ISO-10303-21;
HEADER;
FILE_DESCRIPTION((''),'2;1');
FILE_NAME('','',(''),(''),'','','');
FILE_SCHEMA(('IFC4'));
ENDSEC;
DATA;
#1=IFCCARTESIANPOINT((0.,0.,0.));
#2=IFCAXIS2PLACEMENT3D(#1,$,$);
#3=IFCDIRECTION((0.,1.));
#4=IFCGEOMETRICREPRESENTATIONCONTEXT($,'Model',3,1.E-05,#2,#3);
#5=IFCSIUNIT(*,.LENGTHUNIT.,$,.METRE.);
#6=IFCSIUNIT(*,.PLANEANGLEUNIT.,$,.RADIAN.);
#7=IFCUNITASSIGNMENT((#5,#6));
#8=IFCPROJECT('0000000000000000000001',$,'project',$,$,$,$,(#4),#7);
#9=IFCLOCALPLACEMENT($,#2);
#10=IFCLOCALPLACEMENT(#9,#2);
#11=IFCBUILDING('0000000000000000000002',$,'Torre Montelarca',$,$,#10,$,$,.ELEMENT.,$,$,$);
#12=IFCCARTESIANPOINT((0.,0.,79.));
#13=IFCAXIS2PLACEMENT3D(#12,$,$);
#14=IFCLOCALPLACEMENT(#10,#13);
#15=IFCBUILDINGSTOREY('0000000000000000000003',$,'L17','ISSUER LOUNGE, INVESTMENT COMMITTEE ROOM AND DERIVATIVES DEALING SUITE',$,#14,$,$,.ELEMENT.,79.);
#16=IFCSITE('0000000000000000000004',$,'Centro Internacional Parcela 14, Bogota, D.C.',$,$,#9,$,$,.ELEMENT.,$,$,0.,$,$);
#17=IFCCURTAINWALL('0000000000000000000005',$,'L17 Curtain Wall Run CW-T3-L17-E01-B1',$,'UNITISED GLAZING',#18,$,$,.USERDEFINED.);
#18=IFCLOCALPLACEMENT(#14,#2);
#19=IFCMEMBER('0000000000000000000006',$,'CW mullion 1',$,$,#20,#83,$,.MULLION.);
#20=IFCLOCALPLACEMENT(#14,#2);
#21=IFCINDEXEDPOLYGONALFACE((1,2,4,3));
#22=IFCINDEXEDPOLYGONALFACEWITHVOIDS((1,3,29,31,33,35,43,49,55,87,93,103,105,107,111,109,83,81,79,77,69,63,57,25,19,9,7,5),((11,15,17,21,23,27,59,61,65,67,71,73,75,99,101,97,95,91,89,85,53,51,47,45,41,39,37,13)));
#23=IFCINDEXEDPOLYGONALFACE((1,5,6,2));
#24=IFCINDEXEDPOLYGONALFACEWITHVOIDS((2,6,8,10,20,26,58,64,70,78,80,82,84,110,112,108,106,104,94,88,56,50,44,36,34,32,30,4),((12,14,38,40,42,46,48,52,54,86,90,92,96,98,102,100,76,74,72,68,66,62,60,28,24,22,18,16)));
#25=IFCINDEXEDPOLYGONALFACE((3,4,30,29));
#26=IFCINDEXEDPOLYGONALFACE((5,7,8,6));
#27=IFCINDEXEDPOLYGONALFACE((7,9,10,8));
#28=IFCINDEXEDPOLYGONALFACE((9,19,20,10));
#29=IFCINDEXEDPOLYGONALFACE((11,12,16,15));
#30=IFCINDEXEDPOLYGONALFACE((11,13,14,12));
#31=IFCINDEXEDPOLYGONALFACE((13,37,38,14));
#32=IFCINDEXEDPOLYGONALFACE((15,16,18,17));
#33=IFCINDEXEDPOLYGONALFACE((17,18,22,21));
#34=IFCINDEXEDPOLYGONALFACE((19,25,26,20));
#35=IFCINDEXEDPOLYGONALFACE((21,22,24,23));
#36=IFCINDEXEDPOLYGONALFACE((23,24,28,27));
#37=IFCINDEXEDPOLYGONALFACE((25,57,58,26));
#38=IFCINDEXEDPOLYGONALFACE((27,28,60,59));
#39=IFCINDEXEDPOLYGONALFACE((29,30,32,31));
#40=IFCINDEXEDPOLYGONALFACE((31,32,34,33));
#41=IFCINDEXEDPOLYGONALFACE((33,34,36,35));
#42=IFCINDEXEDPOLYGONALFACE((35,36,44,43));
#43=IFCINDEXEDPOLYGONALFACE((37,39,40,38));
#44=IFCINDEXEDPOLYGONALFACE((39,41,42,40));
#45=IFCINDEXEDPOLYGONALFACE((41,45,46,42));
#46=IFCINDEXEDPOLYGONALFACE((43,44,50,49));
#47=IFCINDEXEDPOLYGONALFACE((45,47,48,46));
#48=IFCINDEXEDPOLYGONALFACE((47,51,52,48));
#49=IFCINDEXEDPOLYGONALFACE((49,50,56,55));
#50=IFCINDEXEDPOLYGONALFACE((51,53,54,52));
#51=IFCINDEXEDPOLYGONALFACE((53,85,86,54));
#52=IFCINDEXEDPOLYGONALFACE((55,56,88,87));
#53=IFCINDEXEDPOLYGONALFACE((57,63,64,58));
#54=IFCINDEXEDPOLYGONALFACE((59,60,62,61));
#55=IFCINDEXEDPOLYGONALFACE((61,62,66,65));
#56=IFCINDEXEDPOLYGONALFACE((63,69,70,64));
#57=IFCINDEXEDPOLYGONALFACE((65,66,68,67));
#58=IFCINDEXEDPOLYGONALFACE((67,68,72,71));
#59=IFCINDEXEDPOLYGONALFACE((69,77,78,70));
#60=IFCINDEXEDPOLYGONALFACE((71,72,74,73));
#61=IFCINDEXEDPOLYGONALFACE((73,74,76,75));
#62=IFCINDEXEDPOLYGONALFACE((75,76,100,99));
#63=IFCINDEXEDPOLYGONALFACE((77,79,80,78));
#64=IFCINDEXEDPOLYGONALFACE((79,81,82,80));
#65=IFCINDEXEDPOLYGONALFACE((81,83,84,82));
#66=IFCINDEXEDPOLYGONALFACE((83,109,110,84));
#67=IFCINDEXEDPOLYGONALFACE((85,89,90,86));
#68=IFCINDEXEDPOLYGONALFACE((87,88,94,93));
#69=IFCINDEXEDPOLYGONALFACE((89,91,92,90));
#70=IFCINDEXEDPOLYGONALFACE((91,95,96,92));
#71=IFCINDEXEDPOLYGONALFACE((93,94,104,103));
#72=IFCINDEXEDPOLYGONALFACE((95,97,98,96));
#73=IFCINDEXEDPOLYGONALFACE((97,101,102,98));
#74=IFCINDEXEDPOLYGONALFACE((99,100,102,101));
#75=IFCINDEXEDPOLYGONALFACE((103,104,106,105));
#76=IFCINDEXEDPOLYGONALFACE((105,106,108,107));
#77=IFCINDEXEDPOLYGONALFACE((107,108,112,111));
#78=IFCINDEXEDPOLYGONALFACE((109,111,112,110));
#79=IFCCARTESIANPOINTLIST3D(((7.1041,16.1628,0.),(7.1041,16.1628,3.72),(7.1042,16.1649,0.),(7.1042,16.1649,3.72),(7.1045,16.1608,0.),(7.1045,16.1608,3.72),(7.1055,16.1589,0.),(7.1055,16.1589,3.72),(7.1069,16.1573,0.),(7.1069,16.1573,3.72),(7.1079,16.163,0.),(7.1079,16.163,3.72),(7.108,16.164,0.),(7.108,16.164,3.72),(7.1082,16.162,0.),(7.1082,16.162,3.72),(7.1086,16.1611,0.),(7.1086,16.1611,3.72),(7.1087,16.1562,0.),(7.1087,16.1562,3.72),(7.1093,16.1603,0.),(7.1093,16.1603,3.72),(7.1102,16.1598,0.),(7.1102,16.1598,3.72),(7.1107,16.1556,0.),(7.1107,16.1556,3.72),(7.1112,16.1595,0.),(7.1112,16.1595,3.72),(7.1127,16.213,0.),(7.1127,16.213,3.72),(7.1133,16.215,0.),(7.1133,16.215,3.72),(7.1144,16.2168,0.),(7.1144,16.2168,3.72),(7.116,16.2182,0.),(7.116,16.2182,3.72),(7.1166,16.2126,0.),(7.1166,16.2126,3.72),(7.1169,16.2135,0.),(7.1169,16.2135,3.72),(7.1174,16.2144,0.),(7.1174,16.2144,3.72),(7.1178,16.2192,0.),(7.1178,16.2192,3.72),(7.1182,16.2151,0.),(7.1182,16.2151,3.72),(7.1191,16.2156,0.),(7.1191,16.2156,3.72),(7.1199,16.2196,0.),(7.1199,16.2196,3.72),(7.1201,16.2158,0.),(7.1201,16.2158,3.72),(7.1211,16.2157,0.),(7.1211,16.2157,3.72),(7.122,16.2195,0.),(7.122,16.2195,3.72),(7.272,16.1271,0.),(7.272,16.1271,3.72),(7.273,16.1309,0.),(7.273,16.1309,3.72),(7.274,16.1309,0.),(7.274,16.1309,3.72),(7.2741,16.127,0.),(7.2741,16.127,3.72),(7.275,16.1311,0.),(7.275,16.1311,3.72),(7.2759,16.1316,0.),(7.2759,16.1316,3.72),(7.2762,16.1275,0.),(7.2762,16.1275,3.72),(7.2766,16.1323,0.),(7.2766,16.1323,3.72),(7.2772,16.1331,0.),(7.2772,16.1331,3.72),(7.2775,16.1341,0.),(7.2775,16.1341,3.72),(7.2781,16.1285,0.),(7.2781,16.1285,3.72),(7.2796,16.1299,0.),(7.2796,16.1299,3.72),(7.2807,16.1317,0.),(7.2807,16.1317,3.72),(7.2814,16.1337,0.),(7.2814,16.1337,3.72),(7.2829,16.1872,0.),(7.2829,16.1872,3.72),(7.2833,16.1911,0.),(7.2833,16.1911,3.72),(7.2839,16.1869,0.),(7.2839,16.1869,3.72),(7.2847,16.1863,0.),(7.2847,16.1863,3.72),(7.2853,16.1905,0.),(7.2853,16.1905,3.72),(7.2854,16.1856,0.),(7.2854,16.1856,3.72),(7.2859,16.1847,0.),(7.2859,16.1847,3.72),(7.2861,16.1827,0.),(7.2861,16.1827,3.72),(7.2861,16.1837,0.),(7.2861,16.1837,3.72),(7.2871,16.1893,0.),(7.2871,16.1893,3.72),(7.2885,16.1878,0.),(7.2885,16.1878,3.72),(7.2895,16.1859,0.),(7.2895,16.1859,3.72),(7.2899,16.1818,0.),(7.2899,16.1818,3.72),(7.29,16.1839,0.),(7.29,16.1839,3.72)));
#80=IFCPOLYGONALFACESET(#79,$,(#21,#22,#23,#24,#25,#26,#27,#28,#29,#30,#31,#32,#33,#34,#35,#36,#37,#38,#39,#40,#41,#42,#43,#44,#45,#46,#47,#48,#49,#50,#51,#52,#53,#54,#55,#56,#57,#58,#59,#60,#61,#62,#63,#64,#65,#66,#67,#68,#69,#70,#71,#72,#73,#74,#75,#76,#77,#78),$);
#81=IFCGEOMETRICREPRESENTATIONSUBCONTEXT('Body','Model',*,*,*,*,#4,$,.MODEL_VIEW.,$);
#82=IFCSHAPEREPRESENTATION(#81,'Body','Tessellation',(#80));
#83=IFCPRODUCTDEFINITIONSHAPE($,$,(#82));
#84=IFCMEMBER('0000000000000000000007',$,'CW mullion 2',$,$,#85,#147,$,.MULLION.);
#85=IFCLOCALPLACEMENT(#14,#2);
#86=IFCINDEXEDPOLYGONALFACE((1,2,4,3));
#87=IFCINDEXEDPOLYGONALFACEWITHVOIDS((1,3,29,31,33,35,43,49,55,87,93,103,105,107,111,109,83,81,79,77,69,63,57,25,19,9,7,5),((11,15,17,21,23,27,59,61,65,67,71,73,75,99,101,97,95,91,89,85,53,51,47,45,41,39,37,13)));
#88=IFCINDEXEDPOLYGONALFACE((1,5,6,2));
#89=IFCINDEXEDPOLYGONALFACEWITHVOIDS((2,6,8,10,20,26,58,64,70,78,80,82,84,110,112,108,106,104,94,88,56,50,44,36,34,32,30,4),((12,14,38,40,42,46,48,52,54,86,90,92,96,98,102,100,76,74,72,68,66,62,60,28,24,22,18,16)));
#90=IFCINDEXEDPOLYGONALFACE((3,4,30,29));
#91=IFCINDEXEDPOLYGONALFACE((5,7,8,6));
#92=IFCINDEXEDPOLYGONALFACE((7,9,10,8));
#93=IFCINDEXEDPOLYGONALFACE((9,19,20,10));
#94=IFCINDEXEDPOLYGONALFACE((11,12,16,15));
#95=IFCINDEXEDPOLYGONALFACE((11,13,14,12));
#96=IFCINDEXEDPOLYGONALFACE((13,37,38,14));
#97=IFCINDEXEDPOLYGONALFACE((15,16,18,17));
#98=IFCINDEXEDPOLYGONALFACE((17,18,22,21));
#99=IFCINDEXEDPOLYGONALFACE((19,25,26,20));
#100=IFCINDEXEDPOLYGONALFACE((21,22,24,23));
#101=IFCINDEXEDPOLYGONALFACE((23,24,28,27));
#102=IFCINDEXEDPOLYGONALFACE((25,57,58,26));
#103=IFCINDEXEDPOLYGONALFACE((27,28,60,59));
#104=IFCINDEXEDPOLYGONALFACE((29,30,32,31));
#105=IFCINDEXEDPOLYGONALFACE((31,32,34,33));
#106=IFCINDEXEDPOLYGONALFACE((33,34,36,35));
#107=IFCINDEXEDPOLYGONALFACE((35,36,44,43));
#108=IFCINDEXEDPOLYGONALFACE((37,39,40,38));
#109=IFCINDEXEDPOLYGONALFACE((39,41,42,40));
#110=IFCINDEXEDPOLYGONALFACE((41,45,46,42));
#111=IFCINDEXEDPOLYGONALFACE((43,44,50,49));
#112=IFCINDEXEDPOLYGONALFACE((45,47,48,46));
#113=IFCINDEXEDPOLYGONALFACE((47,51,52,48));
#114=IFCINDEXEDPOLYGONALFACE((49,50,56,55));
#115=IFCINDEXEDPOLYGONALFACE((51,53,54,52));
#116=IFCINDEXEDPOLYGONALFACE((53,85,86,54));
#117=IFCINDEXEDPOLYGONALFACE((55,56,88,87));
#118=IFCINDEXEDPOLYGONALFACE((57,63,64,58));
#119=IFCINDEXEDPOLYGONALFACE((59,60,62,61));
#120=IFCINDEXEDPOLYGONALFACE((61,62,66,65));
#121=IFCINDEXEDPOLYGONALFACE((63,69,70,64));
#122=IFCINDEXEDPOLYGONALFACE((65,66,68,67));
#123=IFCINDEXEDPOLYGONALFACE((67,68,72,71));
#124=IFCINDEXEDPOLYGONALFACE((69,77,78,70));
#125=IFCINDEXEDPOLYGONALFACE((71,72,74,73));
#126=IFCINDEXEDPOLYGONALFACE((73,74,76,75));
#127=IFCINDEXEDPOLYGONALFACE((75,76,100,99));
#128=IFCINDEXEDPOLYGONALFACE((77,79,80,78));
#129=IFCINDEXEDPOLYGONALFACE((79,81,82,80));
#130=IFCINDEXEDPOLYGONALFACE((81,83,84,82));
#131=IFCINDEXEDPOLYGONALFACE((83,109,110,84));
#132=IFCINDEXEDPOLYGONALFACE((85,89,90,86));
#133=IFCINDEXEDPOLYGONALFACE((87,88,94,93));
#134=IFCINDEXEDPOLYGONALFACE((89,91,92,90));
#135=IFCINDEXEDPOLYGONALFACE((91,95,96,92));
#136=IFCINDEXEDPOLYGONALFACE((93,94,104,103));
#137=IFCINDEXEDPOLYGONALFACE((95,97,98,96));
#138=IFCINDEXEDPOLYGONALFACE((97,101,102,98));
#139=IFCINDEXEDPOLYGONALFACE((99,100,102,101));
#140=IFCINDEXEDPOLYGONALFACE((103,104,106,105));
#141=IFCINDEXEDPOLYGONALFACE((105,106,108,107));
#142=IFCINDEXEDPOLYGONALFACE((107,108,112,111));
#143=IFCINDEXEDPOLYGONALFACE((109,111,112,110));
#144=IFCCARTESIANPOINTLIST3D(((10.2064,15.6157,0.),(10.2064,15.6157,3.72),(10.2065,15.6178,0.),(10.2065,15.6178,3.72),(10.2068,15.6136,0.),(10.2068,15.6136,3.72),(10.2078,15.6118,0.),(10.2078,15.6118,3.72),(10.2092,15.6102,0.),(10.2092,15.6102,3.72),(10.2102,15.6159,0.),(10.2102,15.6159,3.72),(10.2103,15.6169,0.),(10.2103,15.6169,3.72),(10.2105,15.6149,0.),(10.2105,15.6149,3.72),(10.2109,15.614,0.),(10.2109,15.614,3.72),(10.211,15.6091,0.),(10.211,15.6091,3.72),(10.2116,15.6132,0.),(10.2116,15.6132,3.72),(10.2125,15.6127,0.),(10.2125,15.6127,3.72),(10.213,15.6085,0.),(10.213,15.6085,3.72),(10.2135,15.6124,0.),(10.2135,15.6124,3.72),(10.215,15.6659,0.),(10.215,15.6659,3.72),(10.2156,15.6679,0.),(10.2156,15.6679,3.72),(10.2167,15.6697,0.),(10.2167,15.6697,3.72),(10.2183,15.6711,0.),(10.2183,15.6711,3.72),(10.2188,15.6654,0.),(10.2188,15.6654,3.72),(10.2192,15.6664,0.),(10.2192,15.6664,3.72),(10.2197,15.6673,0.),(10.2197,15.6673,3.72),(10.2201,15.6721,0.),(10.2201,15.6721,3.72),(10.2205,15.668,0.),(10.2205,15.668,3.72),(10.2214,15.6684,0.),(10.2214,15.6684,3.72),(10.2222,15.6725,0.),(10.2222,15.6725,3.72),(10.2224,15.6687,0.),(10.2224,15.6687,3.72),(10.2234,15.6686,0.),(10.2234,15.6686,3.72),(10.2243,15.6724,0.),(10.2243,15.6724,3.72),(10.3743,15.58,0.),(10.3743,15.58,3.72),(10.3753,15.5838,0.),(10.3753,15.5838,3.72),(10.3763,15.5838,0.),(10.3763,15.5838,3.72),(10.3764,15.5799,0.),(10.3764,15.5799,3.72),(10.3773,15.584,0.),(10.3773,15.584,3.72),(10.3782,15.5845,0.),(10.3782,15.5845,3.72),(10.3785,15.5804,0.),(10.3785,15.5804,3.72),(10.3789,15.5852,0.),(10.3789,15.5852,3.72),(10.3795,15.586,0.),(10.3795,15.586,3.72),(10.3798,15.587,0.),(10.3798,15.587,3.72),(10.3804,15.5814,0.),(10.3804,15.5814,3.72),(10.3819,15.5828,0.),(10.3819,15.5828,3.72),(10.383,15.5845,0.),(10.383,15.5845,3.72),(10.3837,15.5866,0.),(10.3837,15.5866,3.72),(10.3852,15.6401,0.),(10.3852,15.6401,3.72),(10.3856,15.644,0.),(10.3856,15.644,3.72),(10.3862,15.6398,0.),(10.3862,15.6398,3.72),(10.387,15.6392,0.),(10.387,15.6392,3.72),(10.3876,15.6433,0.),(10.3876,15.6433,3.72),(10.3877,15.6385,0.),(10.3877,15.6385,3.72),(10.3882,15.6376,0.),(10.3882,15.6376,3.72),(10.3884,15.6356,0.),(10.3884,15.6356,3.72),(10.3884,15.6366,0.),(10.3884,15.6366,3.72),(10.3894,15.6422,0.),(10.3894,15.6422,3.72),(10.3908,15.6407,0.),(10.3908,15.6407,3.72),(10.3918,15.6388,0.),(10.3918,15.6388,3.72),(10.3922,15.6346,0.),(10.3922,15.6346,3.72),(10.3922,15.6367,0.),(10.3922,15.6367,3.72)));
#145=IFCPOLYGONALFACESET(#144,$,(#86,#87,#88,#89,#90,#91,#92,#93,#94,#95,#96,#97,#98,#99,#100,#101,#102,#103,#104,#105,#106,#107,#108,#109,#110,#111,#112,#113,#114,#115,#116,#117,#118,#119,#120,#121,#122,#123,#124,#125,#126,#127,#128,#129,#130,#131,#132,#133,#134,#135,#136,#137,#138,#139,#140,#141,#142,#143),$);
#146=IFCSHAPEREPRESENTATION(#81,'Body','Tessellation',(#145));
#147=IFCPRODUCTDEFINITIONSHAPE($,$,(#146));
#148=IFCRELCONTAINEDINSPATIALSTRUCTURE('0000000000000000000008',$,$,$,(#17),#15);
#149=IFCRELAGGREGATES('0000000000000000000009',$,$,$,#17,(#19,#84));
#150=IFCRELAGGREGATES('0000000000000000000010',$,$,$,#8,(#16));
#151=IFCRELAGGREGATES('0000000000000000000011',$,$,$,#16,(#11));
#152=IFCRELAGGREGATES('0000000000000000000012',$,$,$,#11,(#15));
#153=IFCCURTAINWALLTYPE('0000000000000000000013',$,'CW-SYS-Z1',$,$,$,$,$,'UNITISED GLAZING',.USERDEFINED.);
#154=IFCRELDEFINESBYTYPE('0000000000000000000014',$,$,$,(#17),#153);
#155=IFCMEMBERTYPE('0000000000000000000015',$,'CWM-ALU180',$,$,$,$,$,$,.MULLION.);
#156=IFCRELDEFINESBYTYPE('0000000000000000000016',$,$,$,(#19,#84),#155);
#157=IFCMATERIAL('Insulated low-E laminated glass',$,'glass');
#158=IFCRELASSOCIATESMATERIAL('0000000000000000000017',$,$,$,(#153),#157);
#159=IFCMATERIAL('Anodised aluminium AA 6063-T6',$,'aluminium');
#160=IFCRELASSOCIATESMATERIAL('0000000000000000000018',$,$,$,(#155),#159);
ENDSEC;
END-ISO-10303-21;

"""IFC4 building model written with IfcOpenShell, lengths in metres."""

from ifc_helpers import new_model, si_unit, direction, frame, origin, origin_2d, place, context, subcontext, project, spatial, hollow_rectangle, extrude, source, transform, mapped, material, material_profile, profile_set, type_object, element, aggregate, save


model = new_model("IFC4")

# Units and contexts
model_context = context("Model", 3, precision=1e-05, world=origin(), true_north=direction((0.0, 1.0)))
body_context = subcontext(model_context, "Body", "Model", "MODEL_VIEW")
ifc_project = project(units=[si_unit("LENGTHUNIT", "METRE"), si_unit("PLANEANGLEUNIT", "RADIAN")], contexts=[model_context])

# Site, building, storey
site_placement = place(None, origin())
site = spatial("IfcSite", under=ifc_project, at=site_placement, Name="Centro Internacional Parcela 14, Bogota, D.C.", CompositionType="ELEMENT", RefElevation=0.0)
building_placement = place(site_placement, origin())
building = spatial("IfcBuilding", under=site, at=building_placement, Name="Torre Montelarca", CompositionType="ELEMENT")
storey_placement = place(building_placement, frame((0.0, 0.0, 79.0)))
storey = spatial("IfcBuildingStorey", under=building, at=storey_placement, Name="L17", Description="ISSUER LOUNGE, INVESTMENT COMMITTEE ROOM AND DERIVATIVES DEALING SUITE", CompositionType="ELEMENT", Elevation=79.0)

# Curtain wall
ifc_material_1 = material(Name="Insulated low-E laminated glass", Category="glass")
curtain_wall_type = type_object("IfcCurtainWallType", Name="CW-SYS-Z1", ElementType="UNITISED GLAZING", PredefinedType="USERDEFINED", material=ifc_material_1)
curtain_wall_1_placement = place(storey_placement, origin())
curtain_wall_1 = element("IfcCurtainWall", 1, at=curtain_wall_1_placement, inside=storey, type_object=curtain_wall_type, Name="L17 Curtain Wall Run CW-T3-L17-E01-B1", ObjectType="UNITISED GLAZING", PredefinedType="USERDEFINED")
ifc_material_2 = material(Name="Anodised aluminium AA 6063-T6", Category="aluminium")

# Members
ifc_material_profile_1 = material_profile(ifc_material_2, hollow_rectangle(XDim=0.0649, YDim=0.1799, WallThickness=0.0039, InnerFilletRadius=0.0039, OuterFilletRadius=0.0081, at=origin_2d()), Name="ALU65X180X4", Category="aluminium")
ifc_profile_set_1 = profile_set([ifc_material_profile_1], Name="Anodised aluminium AA 6063-T6")
member_type_1 = type_object("IfcMemberType", Name="CWM-ALU180", PredefinedType="MULLION", material=ifc_profile_set_1)
shared_shape_1 = source(origin(), body_context, "Body", "SweptSolid", [
    extrude(hollow_rectangle(XDim=0.0649, YDim=0.1799, WallThickness=0.0039, InnerFilletRadius=0.0039, OuterFilletRadius=0.0081, at=origin_2d()), origin(), (0.0, 0.0, 1.0), 3.72),
])
member_1_placement = place(storey_placement, frame((7.197, 16.1733, 0.0), z_axis=(0.0, 0.0, 1.0), x_axis=(0.173654, 0.984807, 0.0)))
member_1 = element("IfcMember", 2, at=member_1_placement, type_object=member_type_1, Name="CW mullion 1", PredefinedType="MULLION", context=body_context, shape_type="MappedRepresentation", body=[
    mapped(shared_shape_1, transform((0.0, 0.0, 0.0), scale=1.0)),
])
member_2_placement = place(storey_placement, frame((10.2993, 15.6262, 0.0), z_axis=(0.0, 0.0, 1.0), x_axis=(0.173654, 0.984807, 0.0)))
member_2 = element("IfcMember", 3, at=member_2_placement, type_object=member_type_1, Name="CW mullion 2", PredefinedType="MULLION", context=body_context, shape_type="MappedRepresentation", body=[
    mapped(shared_shape_1, transform((0.0, 0.0, 0.0), scale=1.0)),
])

aggregate(curtain_wall_1, [member_1, member_2])

save(model, "model.ifc")
